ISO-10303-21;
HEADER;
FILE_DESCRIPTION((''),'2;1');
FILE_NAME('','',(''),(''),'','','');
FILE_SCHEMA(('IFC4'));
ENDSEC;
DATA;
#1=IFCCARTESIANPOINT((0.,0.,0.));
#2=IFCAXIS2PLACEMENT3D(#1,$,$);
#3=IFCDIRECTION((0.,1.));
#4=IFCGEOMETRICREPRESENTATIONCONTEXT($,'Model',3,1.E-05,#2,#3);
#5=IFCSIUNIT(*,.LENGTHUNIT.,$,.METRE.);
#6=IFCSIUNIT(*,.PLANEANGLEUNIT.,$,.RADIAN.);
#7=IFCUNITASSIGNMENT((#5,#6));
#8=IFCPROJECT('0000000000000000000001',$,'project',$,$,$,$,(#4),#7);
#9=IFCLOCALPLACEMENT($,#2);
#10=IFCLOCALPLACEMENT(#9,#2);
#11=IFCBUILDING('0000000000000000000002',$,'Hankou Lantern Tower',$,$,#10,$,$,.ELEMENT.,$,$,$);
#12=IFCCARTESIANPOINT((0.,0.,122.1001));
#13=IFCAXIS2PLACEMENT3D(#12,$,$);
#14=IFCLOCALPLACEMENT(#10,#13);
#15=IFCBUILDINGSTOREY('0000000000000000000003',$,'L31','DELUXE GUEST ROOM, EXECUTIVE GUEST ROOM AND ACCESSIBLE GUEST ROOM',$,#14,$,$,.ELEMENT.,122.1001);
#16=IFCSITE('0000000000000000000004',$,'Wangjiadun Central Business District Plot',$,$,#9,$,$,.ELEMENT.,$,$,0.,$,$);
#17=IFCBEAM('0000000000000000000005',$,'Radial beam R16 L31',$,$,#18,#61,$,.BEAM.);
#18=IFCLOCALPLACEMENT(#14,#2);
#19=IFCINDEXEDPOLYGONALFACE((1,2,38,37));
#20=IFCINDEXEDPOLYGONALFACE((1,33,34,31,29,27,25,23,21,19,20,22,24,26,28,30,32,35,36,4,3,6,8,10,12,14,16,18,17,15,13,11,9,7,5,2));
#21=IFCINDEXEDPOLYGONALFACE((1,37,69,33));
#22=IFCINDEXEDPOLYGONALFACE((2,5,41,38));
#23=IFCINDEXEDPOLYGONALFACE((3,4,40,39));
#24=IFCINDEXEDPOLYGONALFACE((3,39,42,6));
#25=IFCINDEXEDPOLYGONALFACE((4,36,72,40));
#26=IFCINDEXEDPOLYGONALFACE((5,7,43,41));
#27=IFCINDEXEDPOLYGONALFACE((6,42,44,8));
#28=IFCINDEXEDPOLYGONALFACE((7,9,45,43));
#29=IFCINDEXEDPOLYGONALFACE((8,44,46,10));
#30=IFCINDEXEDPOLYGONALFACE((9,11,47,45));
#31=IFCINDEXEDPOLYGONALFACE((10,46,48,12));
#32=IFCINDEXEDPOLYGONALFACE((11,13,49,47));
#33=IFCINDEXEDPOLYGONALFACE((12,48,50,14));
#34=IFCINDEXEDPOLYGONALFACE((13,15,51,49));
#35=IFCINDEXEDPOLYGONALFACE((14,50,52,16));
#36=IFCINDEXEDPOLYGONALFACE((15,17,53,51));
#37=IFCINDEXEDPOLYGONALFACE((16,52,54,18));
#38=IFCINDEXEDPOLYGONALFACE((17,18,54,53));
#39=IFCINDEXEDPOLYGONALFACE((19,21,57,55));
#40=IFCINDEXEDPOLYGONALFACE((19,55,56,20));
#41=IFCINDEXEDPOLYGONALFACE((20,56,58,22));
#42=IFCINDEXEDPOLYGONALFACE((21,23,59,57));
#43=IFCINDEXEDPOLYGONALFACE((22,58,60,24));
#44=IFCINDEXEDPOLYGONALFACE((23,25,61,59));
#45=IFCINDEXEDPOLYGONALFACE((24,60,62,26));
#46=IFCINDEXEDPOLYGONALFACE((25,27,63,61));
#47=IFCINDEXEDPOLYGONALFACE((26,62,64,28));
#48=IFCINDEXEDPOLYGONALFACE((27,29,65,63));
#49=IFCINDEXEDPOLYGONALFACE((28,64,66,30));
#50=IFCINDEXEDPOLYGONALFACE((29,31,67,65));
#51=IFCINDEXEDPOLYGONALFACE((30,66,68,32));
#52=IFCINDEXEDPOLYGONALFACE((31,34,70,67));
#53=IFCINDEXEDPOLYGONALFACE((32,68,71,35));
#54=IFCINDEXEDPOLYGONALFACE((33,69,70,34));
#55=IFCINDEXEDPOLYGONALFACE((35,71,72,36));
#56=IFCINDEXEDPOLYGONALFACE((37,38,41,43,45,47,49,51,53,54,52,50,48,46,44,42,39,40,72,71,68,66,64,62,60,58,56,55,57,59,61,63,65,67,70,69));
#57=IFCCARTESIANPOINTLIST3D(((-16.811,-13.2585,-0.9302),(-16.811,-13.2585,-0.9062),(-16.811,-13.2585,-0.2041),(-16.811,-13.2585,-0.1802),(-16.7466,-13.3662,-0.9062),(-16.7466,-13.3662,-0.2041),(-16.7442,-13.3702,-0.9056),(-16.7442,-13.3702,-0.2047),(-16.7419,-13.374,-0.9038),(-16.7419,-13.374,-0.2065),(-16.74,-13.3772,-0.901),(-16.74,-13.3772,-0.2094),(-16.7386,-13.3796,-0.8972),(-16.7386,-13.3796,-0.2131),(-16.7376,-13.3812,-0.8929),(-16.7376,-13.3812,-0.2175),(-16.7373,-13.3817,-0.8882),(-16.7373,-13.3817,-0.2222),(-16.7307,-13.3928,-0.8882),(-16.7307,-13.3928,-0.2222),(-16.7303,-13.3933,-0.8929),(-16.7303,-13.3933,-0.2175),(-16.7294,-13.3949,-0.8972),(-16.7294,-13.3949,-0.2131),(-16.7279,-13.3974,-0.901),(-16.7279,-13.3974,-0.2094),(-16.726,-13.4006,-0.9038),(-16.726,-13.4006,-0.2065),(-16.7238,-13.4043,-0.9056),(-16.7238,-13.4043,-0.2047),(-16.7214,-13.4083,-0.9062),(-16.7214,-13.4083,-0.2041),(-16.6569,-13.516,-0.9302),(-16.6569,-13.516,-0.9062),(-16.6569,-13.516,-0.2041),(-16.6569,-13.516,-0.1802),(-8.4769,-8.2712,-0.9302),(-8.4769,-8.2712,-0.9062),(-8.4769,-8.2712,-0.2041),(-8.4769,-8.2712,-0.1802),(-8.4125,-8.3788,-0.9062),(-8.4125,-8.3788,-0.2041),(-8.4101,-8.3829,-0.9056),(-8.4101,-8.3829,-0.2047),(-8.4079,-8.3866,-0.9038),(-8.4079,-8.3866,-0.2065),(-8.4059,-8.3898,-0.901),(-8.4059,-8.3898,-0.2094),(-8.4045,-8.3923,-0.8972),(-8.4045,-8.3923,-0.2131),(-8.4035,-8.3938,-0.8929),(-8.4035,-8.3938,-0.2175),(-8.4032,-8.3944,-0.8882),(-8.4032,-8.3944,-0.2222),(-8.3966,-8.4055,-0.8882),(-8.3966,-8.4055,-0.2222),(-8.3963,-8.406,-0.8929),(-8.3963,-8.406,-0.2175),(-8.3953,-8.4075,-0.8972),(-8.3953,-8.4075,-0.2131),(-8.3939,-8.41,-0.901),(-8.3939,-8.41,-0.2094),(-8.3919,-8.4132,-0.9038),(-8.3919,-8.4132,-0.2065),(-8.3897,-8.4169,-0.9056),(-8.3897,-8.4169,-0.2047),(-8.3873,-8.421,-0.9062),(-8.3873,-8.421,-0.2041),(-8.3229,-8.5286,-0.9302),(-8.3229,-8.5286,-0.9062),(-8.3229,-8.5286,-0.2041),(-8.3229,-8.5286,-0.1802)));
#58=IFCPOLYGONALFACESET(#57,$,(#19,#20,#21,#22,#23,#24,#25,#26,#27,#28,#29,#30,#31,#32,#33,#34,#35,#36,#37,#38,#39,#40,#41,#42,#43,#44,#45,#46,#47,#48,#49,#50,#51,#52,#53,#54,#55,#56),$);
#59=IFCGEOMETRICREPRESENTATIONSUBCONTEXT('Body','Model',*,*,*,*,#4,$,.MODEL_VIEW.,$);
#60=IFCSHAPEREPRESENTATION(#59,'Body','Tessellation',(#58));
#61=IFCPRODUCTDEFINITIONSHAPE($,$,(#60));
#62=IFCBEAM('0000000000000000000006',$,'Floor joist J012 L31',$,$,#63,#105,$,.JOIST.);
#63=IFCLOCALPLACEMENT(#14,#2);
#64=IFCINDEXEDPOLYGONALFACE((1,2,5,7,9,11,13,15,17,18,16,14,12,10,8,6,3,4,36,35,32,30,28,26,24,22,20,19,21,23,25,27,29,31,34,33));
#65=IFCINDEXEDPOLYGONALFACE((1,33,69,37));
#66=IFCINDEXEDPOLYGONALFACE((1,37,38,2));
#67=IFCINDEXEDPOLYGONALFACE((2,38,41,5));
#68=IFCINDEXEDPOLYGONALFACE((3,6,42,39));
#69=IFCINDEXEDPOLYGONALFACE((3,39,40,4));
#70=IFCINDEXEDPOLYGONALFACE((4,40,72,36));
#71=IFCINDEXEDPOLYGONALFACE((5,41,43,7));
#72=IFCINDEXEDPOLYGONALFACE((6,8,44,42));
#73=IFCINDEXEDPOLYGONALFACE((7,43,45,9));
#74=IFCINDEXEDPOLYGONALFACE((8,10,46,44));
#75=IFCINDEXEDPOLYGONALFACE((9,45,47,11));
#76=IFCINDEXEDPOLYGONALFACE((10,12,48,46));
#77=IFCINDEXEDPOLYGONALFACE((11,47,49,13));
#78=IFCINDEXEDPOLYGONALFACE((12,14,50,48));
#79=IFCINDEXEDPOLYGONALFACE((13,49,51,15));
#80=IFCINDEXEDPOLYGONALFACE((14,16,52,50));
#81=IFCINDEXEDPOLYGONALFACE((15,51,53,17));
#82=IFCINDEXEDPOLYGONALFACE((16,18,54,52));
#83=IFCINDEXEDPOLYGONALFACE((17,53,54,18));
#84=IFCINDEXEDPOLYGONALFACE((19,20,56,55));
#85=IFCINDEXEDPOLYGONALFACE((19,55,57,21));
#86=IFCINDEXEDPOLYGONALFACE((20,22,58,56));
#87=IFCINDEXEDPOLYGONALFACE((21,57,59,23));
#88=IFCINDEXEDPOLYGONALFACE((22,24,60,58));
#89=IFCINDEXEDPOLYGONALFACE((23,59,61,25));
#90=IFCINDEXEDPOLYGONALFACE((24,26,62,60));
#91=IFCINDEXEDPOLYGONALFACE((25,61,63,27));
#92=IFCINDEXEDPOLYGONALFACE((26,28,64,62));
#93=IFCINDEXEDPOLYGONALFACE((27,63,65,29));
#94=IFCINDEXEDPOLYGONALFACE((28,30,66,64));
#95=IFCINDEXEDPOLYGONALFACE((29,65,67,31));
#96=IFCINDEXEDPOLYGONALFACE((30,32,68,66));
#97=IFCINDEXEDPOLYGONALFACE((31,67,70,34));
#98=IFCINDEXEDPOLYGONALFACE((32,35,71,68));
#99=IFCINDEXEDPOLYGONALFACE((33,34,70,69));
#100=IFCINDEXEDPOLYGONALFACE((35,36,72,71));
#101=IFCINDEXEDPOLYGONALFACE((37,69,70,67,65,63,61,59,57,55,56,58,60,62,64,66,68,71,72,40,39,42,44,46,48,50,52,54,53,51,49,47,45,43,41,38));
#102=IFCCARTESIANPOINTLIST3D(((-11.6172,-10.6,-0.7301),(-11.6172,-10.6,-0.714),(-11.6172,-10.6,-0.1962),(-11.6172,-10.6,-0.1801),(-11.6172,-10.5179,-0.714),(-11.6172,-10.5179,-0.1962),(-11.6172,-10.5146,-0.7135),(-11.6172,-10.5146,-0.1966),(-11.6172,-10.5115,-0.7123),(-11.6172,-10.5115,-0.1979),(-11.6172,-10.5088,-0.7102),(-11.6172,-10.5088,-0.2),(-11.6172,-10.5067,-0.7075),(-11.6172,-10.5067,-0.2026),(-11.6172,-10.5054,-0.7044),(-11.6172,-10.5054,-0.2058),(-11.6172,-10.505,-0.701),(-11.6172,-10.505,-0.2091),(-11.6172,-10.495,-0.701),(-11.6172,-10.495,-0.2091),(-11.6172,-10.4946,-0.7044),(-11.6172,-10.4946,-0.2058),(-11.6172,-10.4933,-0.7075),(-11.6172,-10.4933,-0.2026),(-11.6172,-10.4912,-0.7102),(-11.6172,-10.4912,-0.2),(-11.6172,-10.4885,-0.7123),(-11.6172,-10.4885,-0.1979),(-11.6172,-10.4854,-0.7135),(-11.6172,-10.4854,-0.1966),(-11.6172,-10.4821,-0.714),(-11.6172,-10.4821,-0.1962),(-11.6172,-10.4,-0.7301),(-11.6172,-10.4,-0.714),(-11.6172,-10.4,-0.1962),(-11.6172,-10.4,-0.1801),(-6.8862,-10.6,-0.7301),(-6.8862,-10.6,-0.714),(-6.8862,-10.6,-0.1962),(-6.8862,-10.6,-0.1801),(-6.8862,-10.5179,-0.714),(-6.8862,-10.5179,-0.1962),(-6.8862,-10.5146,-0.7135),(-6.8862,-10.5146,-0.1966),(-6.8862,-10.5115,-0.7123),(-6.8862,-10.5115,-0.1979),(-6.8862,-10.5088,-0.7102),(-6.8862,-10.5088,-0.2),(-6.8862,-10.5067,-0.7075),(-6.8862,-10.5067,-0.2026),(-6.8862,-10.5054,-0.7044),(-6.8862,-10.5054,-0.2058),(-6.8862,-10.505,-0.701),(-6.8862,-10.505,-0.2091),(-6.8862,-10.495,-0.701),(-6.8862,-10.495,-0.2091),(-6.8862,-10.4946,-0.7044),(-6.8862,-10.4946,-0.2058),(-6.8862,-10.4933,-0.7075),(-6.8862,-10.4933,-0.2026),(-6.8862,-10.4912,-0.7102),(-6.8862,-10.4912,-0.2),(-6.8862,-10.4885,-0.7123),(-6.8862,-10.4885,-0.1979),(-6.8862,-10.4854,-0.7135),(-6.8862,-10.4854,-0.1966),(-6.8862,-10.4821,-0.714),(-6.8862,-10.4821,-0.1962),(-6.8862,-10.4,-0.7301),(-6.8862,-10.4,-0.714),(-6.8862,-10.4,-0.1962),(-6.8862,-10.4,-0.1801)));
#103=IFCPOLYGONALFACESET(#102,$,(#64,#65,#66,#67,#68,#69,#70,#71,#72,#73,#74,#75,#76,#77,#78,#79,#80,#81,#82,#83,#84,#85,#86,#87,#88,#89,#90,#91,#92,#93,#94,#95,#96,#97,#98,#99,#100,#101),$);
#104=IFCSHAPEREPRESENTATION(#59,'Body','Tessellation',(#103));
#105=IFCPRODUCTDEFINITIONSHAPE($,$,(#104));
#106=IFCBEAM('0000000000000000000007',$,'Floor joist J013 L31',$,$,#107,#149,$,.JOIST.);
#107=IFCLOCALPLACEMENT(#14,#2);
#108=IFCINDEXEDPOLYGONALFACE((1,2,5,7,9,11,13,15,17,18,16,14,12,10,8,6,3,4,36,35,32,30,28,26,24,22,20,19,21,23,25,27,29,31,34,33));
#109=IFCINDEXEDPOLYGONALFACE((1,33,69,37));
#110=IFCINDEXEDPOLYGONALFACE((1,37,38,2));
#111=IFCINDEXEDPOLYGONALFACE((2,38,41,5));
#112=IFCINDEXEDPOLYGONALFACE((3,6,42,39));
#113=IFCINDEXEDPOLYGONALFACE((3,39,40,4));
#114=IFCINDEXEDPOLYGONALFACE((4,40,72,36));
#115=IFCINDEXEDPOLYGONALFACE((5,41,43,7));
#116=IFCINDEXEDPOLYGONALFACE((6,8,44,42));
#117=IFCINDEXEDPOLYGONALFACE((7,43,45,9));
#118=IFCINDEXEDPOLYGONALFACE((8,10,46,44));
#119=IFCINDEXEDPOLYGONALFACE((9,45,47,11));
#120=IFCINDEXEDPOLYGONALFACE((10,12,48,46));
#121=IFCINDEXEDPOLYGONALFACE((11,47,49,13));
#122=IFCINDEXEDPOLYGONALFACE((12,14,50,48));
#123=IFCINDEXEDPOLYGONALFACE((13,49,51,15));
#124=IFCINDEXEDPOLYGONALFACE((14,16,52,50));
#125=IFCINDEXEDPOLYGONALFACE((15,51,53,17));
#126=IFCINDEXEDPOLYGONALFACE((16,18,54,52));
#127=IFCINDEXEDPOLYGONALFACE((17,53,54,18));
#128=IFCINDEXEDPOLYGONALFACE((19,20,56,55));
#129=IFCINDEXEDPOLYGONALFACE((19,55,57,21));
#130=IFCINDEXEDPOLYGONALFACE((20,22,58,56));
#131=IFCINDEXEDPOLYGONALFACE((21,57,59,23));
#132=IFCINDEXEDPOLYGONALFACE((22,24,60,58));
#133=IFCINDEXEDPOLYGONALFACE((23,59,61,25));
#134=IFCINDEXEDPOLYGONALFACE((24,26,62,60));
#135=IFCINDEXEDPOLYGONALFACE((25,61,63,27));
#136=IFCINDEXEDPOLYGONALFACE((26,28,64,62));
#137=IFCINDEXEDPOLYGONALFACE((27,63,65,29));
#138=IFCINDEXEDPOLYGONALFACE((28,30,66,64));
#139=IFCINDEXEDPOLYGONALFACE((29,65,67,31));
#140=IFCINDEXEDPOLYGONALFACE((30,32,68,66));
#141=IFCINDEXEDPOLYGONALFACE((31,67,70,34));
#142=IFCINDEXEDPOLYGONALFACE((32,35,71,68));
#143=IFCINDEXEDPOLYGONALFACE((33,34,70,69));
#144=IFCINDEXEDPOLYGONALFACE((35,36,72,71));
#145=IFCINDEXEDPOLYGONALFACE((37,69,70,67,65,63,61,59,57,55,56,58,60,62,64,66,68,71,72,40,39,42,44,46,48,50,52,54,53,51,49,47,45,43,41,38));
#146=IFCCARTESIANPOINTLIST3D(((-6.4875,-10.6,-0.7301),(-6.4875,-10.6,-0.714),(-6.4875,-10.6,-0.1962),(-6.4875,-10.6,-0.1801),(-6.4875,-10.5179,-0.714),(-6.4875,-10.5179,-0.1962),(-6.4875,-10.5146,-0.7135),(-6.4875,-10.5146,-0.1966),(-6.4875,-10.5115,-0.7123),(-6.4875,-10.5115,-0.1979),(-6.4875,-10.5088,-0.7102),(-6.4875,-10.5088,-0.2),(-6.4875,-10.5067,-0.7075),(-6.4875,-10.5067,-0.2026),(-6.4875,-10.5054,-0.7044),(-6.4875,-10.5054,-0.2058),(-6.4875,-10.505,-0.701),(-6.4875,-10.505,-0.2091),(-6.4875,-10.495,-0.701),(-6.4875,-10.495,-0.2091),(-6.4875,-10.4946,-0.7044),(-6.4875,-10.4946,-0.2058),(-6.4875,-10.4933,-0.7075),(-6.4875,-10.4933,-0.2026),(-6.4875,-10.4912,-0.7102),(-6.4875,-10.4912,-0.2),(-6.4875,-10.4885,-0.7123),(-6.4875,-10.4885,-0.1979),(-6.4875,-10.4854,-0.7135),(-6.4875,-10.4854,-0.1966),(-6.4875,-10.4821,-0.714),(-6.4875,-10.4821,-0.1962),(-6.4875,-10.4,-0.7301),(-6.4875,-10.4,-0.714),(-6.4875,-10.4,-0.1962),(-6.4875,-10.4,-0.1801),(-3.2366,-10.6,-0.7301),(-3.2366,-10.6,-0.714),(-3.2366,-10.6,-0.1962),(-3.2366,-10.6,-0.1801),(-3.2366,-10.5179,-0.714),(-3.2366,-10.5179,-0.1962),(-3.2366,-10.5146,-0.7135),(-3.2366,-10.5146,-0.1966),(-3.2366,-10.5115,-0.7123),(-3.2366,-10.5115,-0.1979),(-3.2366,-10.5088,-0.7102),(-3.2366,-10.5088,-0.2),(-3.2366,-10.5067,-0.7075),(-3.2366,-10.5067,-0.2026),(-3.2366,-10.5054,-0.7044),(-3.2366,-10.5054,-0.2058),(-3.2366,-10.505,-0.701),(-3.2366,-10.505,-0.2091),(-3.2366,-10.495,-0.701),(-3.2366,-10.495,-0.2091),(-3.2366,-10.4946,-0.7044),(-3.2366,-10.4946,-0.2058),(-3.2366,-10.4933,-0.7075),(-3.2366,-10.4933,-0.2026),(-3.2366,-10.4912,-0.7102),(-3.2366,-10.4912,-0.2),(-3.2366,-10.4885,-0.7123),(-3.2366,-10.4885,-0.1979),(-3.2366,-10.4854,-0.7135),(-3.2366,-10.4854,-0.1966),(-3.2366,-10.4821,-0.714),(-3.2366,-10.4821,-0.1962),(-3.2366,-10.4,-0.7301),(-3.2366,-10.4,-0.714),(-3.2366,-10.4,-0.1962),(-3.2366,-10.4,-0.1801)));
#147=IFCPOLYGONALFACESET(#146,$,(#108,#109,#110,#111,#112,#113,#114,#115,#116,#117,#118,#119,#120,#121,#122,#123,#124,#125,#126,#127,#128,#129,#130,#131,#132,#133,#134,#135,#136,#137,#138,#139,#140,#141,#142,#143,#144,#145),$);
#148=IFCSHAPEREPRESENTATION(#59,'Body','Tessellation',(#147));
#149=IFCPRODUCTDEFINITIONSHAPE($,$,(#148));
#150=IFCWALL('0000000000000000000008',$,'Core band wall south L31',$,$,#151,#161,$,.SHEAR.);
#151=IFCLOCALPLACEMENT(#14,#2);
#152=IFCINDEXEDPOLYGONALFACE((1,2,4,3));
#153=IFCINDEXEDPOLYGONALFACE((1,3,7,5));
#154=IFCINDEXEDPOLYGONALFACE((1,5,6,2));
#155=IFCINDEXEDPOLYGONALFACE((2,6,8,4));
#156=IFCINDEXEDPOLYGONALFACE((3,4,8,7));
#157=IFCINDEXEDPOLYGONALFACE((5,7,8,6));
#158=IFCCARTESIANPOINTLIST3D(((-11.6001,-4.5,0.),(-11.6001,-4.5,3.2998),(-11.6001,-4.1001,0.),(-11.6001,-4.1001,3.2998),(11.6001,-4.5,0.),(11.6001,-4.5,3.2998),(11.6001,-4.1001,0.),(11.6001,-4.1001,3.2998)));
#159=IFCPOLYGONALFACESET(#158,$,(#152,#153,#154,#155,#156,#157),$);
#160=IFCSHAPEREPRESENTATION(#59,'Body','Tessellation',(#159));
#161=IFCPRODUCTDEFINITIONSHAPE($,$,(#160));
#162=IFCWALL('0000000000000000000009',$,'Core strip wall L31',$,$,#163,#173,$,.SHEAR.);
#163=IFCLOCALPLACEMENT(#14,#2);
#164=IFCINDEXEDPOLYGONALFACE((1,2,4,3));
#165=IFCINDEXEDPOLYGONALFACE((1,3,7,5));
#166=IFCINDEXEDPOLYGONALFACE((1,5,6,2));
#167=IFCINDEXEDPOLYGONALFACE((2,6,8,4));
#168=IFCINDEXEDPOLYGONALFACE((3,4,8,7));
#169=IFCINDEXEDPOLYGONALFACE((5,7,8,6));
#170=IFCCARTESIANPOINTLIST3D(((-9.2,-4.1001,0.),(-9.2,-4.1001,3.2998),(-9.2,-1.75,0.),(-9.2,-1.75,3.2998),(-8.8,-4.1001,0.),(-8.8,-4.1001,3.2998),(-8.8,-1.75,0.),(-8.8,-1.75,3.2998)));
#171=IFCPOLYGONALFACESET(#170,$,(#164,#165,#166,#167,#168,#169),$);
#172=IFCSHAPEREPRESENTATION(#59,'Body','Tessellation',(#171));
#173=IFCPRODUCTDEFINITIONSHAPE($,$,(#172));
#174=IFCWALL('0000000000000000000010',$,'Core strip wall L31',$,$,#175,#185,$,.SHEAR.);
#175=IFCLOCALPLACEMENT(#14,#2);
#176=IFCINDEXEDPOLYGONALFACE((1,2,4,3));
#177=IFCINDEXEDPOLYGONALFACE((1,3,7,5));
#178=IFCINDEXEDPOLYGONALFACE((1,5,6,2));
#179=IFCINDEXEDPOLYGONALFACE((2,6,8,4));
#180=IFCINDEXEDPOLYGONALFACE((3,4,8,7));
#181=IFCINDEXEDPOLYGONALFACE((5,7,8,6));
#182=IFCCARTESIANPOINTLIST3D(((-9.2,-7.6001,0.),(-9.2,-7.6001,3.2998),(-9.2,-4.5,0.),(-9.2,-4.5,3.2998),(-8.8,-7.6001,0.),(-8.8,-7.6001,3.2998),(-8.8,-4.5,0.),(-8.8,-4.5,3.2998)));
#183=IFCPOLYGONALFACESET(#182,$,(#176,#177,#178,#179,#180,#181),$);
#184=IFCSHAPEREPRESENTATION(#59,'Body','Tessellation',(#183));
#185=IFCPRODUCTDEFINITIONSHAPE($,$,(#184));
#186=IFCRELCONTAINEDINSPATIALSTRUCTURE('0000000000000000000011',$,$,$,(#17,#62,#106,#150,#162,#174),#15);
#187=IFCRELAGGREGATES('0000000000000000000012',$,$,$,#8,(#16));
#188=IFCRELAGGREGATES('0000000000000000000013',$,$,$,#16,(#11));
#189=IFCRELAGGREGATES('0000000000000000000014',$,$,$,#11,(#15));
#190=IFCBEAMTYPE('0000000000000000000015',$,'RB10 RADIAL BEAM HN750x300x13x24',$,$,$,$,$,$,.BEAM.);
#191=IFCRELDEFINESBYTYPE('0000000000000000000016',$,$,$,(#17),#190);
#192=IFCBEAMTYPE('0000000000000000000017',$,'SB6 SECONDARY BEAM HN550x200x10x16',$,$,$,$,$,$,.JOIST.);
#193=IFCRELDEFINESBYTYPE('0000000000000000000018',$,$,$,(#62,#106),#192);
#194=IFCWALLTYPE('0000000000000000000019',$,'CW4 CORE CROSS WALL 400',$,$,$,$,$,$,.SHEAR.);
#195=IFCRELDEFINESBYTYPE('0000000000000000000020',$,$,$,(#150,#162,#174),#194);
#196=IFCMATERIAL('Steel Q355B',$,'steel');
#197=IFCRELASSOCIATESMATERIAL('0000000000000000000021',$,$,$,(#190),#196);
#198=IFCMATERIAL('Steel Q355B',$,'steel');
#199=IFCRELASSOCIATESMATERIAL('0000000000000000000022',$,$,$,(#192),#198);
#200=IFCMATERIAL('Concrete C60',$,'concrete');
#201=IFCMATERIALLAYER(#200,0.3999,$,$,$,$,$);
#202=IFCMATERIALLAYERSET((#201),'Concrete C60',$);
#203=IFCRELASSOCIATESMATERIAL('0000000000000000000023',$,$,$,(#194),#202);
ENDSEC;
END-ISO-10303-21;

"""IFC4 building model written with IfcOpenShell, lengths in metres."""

from ifc_helpers import new_model, si_unit, direction, frame, frame_2d, origin, origin_2d, place, context, subcontext, project, spatial, rectangle, i_section, extrude, material, layer, layer_set, material_profile, profile_set, type_object, element, save


model = new_model("IFC4")

# Units and contexts
model_context = context("Model", 3, precision=1e-05, world=origin(), true_north=direction((0.0, 1.0)))
body_context = subcontext(model_context, "Body", "Model", "MODEL_VIEW")
ifc_project = project(units=[si_unit("LENGTHUNIT", "METRE"), si_unit("PLANEANGLEUNIT", "RADIAN")], contexts=[model_context])

# Site, building, storey
site_placement = place(None, origin())
site = spatial("IfcSite", under=ifc_project, at=site_placement, Name="Wangjiadun Central Business District Plot", CompositionType="ELEMENT", RefElevation=0.0)
building_placement = place(site_placement, origin())
building = spatial("IfcBuilding", under=site, at=building_placement, Name="Hankou Lantern Tower", CompositionType="ELEMENT")
storey_placement = place(building_placement, frame((0.0, 0.0, 122.1001)))
storey = spatial("IfcBuildingStorey", under=building, at=storey_placement, Name="L31", Description="DELUXE GUEST ROOM, EXECUTIVE GUEST ROOM AND ACCESSIBLE GUEST ROOM", CompositionType="ELEMENT", Elevation=122.1001)

# Beams
ifc_material_1 = material(Name="Steel Q355B", Category="steel")
ifc_material_profile_1 = material_profile(ifc_material_1, i_section(OverallWidth=0.3, OverallDepth=0.75, WebThickness=0.0129, FlangeThickness=0.0239, FilletRadius=0.0181, at=origin_2d()), Name="HN750x300x13x24")
ifc_profile_set_1 = profile_set([ifc_material_profile_1], Name="Steel Q355B")
beam_type_1 = type_object("IfcBeamType", Name="RB10 RADIAL BEAM HN750x300x13x24", PredefinedType="BEAM", material=ifc_profile_set_1)
beam_1_placement = place(storey_placement, frame((-8.3999, -8.3999, -0.5552), z_axis=(-0.858087, -0.513505, 0.0), x_axis=(0.513505, -0.858087, 0.0)))
element("IfcBeam", 1, at=beam_1_placement, inside=storey, type_object=beam_type_1, Name="Radial beam R16 L31", PredefinedType="BEAM", context=body_context, shape_type="SweptSolid", body=[
    extrude(i_section(OverallWidth=0.3, OverallDepth=0.75, WebThickness=0.0129, FlangeThickness=0.0239, FilletRadius=0.0181, at=origin_2d()), origin(), (0.0, 0.0, 1.0), 9.7124),
])
ifc_material_2 = material(Name="Steel Q355B", Category="steel")
ifc_material_profile_2 = material_profile(ifc_material_2, i_section(OverallWidth=0.2, OverallDepth=0.55, WebThickness=0.01, FlangeThickness=0.0161, FilletRadius=0.0129, at=origin_2d()), Name="HN550x200x10x16")
ifc_profile_set_2 = profile_set([ifc_material_profile_2], Name="Steel Q355B")
beam_type_2 = type_object("IfcBeamType", Name="SB6 SECONDARY BEAM HN550x200x10x16", PredefinedType="JOIST", material=ifc_profile_set_2)
beam_2_placement = place(storey_placement, frame((-11.6172, -10.5, -0.4551), z_axis=(1.0, 0.0, 0.0), x_axis=(0.0, 1.0, 0.0)))
element("IfcBeam", 2, at=beam_2_placement, inside=storey, type_object=beam_type_2, Name="Floor joist J012 L31", PredefinedType="JOIST", context=body_context, shape_type="SweptSolid", body=[
    extrude(i_section(OverallWidth=0.2, OverallDepth=0.55, WebThickness=0.01, FlangeThickness=0.0161, FilletRadius=0.0129, at=origin_2d()), origin(), (0.0, 0.0, 1.0), 4.731),
])
beam_3_placement = place(storey_placement, frame((-6.4875, -10.5, -0.4551), z_axis=(1.0, 0.0, 0.0), x_axis=(0.0, 1.0, 0.0)))
element("IfcBeam", 3, at=beam_3_placement, inside=storey, type_object=beam_type_2, Name="Floor joist J013 L31", PredefinedType="JOIST", context=body_context, shape_type="SweptSolid", body=[
    extrude(i_section(OverallWidth=0.2, OverallDepth=0.55, WebThickness=0.01, FlangeThickness=0.0161, FilletRadius=0.0129, at=origin_2d()), origin(), (0.0, 0.0, 1.0), 3.251),
])

# Walls
ifc_material_3 = material(Name="Concrete C60", Category="concrete")
ifc_layer_1 = layer(ifc_material_3, 0.3999)
ifc_layer_set_1 = layer_set([ifc_layer_1], Name="Concrete C60")
wall_type_1 = type_object("IfcWallType", Name="CW4 CORE CROSS WALL 400", PredefinedType="SHEAR", material=ifc_layer_set_1)
wall_1_placement = place(storey_placement, frame((-11.6001, -4.3, 0.0), z_axis=(0.0, 0.0, 1.0), x_axis=(1.0, 0.0, 0.0)))
element("IfcWall", 4, at=wall_1_placement, inside=storey, type_object=wall_type_1, Name="Core band wall south L31", PredefinedType="SHEAR", context=body_context, shape_type="SweptSolid", body=[
    extrude(rectangle(XDim=23.2002, YDim=0.3999, at=frame_2d((11.6001, 0.0))), origin(), (0.0, 0.0, 1.0), 3.2998),
])
wall_2_placement = place(storey_placement, frame((-9.0, -4.1001, 0.0), z_axis=(0.0, 0.0, 1.0), x_axis=(0.0, 1.0, 0.0)))
element("IfcWall", 5, at=wall_2_placement, inside=storey, type_object=wall_type_1, Name="Core strip wall L31", PredefinedType="SHEAR", context=body_context, shape_type="SweptSolid", body=[
    extrude(rectangle(XDim=2.3501, YDim=0.3999, at=frame_2d((1.175, 0.0))), origin(), (0.0, 0.0, 1.0), 3.2998),
])
wall_3_placement = place(storey_placement, frame((-9.0, -7.6001, 0.0), z_axis=(0.0, 0.0, 1.0), x_axis=(0.0, 1.0, 0.0)))
element("IfcWall", 6, at=wall_3_placement, inside=storey, type_object=wall_type_1, Name="Core strip wall L31", PredefinedType="SHEAR", context=body_context, shape_type="SweptSolid", body=[
    extrude(rectangle(XDim=3.1001, YDim=0.3999, at=frame_2d((1.55, 0.0))), origin(), (0.0, 0.0, 1.0), 3.2998),
])

save(model, "model.ifc")
